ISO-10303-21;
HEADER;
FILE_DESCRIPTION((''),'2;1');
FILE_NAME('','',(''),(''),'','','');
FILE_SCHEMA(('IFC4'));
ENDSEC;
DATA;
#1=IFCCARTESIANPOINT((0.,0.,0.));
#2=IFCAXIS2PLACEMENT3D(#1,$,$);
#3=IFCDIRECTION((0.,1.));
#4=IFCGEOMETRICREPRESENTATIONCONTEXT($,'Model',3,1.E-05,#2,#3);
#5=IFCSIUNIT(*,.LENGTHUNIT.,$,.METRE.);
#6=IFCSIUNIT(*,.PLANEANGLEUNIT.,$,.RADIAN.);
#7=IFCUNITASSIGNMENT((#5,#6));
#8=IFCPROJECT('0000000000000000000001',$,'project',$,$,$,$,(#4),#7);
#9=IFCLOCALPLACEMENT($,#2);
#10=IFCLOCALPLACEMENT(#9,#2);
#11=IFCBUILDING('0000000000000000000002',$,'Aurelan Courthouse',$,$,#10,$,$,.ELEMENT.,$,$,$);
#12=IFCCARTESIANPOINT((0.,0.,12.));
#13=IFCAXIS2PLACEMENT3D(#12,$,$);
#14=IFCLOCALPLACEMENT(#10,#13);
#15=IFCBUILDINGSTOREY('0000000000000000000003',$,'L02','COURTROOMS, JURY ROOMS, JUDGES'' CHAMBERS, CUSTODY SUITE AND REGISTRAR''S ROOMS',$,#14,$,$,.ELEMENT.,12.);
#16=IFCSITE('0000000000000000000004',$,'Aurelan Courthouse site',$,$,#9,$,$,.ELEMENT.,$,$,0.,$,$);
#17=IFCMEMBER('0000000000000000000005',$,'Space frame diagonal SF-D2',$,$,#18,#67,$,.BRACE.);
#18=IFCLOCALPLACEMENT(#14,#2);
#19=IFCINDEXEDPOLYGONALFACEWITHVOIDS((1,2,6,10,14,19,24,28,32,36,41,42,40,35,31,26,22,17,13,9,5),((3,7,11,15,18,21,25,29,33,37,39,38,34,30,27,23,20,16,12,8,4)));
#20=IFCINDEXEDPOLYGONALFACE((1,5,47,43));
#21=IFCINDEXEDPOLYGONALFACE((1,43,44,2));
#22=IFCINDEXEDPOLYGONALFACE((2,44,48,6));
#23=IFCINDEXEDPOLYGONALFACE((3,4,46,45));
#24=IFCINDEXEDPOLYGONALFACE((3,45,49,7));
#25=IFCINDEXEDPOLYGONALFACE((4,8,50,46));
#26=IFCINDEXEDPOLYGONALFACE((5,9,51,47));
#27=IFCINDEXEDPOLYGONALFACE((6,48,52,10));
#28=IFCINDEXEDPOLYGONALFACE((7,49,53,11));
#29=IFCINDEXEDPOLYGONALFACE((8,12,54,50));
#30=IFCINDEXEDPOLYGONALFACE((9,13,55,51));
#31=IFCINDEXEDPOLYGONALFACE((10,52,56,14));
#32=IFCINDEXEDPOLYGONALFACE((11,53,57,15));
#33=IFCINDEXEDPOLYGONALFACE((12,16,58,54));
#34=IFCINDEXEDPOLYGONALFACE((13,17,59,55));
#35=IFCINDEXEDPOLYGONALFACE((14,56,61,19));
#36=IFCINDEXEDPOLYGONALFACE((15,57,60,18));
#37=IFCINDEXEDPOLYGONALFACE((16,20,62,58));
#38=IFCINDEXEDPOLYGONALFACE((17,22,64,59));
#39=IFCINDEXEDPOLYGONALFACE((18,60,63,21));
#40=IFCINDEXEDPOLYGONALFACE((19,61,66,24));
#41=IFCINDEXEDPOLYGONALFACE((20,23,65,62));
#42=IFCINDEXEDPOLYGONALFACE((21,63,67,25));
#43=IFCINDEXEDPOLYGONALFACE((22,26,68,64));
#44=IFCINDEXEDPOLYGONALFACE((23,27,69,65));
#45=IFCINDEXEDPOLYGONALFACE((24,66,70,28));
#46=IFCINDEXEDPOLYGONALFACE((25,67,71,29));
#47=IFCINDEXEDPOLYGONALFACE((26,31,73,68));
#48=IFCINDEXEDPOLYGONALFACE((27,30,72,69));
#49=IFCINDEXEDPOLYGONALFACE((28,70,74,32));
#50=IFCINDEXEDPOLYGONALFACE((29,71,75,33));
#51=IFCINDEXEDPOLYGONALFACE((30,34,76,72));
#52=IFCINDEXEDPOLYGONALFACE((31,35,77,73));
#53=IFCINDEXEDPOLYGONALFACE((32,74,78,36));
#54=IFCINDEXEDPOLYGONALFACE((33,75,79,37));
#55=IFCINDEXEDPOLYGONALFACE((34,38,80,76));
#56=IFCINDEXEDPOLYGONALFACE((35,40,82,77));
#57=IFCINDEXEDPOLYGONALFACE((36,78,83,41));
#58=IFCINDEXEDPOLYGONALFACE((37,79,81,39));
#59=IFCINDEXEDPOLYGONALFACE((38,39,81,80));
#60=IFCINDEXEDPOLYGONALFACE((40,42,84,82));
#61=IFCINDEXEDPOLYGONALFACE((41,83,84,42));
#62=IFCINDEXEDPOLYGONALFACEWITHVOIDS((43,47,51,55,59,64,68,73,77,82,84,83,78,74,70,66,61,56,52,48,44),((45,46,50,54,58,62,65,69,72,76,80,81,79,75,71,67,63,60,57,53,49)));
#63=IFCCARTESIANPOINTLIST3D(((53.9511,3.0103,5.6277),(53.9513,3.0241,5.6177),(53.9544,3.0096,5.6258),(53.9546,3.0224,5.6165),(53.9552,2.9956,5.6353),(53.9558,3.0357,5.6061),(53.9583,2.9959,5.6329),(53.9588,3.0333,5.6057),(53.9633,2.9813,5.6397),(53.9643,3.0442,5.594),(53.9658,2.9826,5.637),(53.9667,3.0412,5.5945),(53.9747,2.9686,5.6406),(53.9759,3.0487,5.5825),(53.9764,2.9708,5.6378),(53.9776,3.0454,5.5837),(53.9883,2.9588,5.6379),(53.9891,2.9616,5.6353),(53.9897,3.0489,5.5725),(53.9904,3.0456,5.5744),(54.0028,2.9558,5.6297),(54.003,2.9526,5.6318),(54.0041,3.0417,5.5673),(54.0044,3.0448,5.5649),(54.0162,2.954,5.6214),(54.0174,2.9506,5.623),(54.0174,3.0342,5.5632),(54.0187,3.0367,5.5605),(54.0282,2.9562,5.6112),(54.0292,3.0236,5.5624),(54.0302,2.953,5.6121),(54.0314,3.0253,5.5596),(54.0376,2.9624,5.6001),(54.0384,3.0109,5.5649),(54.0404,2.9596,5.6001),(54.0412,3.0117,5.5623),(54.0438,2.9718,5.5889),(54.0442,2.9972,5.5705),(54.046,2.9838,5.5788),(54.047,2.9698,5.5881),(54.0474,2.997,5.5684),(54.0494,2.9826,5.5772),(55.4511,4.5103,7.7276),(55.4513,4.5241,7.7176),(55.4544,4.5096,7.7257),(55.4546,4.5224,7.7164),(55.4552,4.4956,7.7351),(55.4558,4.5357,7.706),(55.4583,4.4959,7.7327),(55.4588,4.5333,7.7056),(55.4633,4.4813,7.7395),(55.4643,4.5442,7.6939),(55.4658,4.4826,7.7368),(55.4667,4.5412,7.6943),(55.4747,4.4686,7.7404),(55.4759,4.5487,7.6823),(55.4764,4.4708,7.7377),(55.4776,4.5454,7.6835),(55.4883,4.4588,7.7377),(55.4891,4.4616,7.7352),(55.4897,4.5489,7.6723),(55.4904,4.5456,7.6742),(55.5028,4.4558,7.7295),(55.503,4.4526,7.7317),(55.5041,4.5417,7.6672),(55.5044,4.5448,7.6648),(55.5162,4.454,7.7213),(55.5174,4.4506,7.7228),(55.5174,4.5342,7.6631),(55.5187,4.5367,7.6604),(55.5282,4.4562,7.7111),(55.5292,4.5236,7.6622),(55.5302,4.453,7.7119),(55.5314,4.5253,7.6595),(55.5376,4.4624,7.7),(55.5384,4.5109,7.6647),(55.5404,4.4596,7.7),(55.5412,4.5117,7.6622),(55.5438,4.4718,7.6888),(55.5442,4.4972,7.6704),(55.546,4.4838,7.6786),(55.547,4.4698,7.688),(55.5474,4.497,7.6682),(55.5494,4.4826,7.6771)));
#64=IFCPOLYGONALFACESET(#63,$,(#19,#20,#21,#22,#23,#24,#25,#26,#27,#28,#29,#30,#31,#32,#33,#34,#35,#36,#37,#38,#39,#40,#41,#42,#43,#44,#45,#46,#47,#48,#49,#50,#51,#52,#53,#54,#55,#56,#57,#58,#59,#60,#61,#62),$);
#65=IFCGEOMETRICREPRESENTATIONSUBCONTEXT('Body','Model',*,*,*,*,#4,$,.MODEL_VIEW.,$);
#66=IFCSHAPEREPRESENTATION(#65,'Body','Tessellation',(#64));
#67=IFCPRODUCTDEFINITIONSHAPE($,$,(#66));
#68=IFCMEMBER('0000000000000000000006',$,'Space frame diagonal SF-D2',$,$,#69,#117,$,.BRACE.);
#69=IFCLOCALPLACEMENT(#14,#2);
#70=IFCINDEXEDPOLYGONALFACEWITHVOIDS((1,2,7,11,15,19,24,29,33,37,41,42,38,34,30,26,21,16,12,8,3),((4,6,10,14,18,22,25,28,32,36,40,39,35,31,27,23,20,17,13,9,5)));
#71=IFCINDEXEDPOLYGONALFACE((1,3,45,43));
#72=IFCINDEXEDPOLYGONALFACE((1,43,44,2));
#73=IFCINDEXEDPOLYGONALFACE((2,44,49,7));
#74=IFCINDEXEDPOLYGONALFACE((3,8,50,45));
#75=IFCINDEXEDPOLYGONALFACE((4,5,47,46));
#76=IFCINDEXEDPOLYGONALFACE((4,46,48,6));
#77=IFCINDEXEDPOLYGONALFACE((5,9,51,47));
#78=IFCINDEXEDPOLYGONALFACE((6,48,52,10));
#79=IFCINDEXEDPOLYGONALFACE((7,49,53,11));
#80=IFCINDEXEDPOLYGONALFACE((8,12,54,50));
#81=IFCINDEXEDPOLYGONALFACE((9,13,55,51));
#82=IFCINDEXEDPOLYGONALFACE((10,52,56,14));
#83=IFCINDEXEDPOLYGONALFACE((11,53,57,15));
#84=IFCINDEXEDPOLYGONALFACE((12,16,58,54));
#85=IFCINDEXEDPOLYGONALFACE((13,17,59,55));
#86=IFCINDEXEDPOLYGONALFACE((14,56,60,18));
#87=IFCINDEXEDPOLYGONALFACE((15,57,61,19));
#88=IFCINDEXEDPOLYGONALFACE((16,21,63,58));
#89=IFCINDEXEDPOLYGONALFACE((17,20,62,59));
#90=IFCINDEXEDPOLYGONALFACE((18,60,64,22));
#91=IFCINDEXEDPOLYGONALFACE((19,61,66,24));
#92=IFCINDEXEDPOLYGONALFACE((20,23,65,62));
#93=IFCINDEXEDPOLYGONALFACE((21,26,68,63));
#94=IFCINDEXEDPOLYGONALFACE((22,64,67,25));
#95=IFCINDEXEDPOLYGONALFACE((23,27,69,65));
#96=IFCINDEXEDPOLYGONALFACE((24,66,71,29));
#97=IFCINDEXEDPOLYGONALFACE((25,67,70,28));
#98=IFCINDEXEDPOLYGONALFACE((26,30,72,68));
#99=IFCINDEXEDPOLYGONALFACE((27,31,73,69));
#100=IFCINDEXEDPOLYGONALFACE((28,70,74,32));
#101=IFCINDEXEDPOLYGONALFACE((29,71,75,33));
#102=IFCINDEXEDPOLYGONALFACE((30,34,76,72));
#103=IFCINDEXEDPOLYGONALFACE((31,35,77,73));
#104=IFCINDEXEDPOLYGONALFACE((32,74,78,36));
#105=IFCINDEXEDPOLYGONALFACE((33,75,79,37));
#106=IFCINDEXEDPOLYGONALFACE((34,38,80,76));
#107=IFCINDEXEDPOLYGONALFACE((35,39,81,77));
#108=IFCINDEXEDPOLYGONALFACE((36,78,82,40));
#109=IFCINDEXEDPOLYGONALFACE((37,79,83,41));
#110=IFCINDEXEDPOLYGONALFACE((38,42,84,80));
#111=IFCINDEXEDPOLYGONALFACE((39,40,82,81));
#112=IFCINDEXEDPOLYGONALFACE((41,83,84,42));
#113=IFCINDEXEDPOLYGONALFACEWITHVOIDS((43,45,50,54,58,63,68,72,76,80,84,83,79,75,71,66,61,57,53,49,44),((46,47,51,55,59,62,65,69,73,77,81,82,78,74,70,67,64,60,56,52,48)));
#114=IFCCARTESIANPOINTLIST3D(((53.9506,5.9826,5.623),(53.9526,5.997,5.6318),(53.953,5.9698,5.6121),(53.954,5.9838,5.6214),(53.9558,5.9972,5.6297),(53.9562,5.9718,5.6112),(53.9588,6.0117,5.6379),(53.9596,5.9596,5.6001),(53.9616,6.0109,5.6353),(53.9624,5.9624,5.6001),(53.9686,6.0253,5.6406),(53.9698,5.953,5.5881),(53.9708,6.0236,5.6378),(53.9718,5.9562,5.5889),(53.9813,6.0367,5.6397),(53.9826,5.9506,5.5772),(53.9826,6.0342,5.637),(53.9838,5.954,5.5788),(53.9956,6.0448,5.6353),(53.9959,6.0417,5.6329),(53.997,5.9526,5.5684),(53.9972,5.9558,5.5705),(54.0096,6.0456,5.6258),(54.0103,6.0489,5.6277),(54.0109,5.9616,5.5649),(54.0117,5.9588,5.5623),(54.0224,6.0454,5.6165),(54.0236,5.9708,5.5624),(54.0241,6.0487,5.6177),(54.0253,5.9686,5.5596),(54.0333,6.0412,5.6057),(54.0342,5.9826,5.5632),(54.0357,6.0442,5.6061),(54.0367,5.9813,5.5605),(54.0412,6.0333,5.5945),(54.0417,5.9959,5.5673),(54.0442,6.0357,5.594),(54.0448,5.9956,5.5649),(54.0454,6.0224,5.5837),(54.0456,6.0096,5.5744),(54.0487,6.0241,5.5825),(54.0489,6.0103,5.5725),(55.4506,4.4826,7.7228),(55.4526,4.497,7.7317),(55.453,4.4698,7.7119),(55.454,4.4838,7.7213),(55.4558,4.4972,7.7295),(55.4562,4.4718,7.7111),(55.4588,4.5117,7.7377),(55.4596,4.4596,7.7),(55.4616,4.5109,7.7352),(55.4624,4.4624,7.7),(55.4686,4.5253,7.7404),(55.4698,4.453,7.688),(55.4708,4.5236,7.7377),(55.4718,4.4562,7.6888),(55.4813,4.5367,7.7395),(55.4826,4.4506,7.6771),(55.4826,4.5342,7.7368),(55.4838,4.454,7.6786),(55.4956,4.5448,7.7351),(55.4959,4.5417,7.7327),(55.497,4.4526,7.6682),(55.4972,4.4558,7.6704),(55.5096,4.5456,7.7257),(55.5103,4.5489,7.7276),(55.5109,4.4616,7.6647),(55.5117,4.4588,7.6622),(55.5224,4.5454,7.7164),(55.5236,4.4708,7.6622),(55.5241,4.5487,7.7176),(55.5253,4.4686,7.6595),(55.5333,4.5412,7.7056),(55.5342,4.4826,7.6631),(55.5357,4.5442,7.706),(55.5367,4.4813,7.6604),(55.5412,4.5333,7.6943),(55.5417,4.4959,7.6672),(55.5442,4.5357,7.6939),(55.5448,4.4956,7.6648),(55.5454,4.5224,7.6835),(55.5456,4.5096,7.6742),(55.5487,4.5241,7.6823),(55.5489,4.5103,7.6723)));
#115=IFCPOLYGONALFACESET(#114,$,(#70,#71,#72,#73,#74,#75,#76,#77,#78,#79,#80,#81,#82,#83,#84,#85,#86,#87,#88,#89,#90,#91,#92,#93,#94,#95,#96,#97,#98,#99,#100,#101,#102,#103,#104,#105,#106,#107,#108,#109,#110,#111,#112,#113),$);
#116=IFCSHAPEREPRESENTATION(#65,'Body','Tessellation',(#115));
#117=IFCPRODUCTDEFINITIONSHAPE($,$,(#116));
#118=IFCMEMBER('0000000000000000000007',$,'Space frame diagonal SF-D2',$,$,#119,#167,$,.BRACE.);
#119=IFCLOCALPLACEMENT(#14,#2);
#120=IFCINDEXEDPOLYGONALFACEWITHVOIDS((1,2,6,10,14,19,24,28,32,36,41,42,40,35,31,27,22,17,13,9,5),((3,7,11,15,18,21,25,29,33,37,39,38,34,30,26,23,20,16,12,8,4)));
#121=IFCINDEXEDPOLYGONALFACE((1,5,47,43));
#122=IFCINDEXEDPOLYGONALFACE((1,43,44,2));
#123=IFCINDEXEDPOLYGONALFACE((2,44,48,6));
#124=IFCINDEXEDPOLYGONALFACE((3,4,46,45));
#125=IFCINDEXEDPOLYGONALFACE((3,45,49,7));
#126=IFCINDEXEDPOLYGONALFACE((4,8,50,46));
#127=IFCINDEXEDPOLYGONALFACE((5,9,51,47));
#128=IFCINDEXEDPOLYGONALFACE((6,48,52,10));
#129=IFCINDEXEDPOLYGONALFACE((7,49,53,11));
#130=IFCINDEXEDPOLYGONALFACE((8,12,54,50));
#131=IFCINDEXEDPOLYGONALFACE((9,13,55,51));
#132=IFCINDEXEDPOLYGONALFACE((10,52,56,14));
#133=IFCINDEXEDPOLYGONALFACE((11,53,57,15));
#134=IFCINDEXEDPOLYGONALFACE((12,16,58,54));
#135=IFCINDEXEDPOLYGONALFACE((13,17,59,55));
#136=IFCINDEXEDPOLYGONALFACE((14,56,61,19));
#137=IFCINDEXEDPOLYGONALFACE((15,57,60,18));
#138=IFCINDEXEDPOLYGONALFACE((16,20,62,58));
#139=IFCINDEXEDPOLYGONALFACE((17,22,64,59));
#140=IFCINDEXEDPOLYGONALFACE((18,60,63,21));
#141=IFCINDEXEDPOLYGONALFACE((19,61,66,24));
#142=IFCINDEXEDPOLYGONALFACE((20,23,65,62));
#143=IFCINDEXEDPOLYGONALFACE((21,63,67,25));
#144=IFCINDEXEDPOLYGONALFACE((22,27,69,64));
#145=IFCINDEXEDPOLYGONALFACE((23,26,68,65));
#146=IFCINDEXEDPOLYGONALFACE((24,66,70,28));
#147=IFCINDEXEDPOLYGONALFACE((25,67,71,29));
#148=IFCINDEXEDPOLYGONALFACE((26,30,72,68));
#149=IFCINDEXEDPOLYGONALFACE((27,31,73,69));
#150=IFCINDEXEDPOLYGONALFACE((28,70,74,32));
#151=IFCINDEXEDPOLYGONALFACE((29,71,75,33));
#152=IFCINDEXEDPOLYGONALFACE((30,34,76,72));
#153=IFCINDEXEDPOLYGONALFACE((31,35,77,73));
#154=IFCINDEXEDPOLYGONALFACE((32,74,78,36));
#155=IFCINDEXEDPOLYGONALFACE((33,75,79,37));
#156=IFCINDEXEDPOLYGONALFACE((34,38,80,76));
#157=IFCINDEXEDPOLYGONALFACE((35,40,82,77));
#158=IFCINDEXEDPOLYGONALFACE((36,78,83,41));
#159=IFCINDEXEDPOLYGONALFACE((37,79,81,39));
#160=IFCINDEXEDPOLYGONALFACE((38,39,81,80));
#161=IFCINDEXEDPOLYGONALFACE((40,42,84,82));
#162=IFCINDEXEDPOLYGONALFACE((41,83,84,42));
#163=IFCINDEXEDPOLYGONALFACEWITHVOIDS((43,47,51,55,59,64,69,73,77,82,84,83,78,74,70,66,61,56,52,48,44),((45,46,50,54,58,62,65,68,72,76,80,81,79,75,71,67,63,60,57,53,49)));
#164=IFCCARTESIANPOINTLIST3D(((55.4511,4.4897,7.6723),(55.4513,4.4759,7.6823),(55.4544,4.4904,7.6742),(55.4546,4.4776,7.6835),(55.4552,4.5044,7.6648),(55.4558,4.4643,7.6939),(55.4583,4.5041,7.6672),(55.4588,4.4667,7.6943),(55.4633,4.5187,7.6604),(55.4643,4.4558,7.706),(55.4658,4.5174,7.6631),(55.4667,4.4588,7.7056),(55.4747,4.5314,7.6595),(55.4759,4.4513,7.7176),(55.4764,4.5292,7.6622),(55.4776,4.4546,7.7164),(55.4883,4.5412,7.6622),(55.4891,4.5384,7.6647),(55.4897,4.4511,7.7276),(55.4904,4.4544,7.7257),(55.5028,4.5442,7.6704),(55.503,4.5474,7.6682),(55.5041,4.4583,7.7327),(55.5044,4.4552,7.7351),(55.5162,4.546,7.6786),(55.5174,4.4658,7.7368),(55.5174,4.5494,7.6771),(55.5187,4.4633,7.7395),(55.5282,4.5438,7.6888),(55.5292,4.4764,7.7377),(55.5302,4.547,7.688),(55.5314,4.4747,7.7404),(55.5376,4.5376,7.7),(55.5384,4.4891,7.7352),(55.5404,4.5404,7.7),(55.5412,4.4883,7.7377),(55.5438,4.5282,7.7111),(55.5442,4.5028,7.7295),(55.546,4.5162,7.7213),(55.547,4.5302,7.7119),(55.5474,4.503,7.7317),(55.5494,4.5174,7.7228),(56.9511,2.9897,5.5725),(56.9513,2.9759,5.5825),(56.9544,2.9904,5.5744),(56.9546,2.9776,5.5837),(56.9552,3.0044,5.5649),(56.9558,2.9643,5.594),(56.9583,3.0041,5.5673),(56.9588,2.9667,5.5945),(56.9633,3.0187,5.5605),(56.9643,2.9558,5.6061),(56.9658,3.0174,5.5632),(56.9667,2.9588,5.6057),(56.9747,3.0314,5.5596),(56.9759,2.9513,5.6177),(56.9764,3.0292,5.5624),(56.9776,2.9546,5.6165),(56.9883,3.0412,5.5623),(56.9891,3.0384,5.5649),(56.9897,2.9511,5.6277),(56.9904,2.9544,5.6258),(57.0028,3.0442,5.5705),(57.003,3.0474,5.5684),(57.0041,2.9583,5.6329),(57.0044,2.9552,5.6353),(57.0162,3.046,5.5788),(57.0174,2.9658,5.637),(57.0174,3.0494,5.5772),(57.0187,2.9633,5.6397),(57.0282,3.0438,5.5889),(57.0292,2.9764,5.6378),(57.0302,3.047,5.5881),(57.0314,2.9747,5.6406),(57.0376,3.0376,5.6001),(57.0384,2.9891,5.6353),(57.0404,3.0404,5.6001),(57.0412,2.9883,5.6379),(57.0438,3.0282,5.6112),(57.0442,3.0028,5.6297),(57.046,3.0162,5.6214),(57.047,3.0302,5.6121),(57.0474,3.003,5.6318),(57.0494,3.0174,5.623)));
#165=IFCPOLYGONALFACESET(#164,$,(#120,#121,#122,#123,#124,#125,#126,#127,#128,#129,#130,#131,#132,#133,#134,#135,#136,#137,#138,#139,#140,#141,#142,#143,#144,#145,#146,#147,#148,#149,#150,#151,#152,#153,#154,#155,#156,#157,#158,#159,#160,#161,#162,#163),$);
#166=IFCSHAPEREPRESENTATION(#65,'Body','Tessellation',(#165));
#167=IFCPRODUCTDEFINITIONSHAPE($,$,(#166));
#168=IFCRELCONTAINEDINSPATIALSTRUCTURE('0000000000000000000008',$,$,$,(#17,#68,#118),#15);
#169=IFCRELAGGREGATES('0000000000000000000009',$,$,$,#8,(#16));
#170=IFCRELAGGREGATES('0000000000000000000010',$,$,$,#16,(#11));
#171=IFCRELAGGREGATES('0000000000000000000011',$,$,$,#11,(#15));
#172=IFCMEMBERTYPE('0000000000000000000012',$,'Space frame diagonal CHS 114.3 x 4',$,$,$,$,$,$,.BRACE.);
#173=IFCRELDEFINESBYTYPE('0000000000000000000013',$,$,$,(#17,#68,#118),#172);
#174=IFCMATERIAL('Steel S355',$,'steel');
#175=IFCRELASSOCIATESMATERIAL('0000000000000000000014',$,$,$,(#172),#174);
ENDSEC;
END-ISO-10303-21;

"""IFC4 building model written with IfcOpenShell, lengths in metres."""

from ifc_helpers import new_model, si_unit, direction, frame, origin, origin_2d, place, context, subcontext, project, spatial, hollow_circle, extrude, material, material_profile, profile_set, type_object, element, save


model = new_model("IFC4")

# Units and contexts
model_context = context("Model", 3, precision=1e-05, world=origin(), true_north=direction((0.0, 1.0)))
body_context = subcontext(model_context, "Body", "Model", "MODEL_VIEW")
ifc_project = project(units=[si_unit("LENGTHUNIT", "METRE"), si_unit("PLANEANGLEUNIT", "RADIAN")], contexts=[model_context])

# Site, building, storey
site_placement = place(None, origin())
site = spatial("IfcSite", under=ifc_project, at=site_placement, Name="Aurelan Courthouse site", CompositionType="ELEMENT", RefElevation=0.0)
building_placement = place(site_placement, origin())
building = spatial("IfcBuilding", under=site, at=building_placement, Name="Aurelan Courthouse", CompositionType="ELEMENT")
storey_placement = place(building_placement, frame((0.0, 0.0, 12.0)))
storey = spatial("IfcBuildingStorey", under=building, at=storey_placement, Name="L02", Description="COURTROOMS, JURY ROOMS, JUDGES' CHAMBERS, CUSTODY SUITE AND REGISTRAR'S ROOMS", CompositionType="ELEMENT", Elevation=12.0)

# Members
ifc_material_1 = material(Name="Steel S355", Category="steel")
ifc_material_profile_1 = material_profile(ifc_material_1, hollow_circle(Radius=0.0571, WallThickness=0.0039, at=origin_2d()), Name="CHS 114.3 x 4")
ifc_profile_set_1 = profile_set([ifc_material_profile_1], Name="Steel S355")
member_type_1 = type_object("IfcMemberType", Name="Space frame diagonal CHS 114.3 x 4", PredefinedType="BRACE", material=ifc_profile_set_1)
for number, where, z_axis, x_axis, name in (
    (1, (55.5, 4.5, 7.7), (-0.502536, -0.502536, -0.703502), (0.707107, -0.707107, 0.0), "Space frame diagonal SF-D2"),
    (2, (55.5, 4.5, 7.7), (-0.502536, 0.502536, -0.703502), (-0.707107, -0.707107, 0.0), "Space frame diagonal SF-D2"),
    (3, (55.5, 4.5, 7.7), (0.502536, -0.502536, -0.703502), (0.707107, 0.707107, 0.0), "Space frame diagonal SF-D2"),
):
    element("IfcMember", number, at=place(storey_placement, frame(where, z_axis=z_axis, x_axis=x_axis)), inside=storey, type_object=member_type_1, Name=name, PredefinedType="BRACE", context=body_context, shape_type="SweptSolid", body=[
        extrude(hollow_circle(Radius=0.0571, WallThickness=0.0039, at=origin_2d()), origin(), (0.0, 0.0, 1.0), 2.9849),
    ])

save(model, "model.ifc")
